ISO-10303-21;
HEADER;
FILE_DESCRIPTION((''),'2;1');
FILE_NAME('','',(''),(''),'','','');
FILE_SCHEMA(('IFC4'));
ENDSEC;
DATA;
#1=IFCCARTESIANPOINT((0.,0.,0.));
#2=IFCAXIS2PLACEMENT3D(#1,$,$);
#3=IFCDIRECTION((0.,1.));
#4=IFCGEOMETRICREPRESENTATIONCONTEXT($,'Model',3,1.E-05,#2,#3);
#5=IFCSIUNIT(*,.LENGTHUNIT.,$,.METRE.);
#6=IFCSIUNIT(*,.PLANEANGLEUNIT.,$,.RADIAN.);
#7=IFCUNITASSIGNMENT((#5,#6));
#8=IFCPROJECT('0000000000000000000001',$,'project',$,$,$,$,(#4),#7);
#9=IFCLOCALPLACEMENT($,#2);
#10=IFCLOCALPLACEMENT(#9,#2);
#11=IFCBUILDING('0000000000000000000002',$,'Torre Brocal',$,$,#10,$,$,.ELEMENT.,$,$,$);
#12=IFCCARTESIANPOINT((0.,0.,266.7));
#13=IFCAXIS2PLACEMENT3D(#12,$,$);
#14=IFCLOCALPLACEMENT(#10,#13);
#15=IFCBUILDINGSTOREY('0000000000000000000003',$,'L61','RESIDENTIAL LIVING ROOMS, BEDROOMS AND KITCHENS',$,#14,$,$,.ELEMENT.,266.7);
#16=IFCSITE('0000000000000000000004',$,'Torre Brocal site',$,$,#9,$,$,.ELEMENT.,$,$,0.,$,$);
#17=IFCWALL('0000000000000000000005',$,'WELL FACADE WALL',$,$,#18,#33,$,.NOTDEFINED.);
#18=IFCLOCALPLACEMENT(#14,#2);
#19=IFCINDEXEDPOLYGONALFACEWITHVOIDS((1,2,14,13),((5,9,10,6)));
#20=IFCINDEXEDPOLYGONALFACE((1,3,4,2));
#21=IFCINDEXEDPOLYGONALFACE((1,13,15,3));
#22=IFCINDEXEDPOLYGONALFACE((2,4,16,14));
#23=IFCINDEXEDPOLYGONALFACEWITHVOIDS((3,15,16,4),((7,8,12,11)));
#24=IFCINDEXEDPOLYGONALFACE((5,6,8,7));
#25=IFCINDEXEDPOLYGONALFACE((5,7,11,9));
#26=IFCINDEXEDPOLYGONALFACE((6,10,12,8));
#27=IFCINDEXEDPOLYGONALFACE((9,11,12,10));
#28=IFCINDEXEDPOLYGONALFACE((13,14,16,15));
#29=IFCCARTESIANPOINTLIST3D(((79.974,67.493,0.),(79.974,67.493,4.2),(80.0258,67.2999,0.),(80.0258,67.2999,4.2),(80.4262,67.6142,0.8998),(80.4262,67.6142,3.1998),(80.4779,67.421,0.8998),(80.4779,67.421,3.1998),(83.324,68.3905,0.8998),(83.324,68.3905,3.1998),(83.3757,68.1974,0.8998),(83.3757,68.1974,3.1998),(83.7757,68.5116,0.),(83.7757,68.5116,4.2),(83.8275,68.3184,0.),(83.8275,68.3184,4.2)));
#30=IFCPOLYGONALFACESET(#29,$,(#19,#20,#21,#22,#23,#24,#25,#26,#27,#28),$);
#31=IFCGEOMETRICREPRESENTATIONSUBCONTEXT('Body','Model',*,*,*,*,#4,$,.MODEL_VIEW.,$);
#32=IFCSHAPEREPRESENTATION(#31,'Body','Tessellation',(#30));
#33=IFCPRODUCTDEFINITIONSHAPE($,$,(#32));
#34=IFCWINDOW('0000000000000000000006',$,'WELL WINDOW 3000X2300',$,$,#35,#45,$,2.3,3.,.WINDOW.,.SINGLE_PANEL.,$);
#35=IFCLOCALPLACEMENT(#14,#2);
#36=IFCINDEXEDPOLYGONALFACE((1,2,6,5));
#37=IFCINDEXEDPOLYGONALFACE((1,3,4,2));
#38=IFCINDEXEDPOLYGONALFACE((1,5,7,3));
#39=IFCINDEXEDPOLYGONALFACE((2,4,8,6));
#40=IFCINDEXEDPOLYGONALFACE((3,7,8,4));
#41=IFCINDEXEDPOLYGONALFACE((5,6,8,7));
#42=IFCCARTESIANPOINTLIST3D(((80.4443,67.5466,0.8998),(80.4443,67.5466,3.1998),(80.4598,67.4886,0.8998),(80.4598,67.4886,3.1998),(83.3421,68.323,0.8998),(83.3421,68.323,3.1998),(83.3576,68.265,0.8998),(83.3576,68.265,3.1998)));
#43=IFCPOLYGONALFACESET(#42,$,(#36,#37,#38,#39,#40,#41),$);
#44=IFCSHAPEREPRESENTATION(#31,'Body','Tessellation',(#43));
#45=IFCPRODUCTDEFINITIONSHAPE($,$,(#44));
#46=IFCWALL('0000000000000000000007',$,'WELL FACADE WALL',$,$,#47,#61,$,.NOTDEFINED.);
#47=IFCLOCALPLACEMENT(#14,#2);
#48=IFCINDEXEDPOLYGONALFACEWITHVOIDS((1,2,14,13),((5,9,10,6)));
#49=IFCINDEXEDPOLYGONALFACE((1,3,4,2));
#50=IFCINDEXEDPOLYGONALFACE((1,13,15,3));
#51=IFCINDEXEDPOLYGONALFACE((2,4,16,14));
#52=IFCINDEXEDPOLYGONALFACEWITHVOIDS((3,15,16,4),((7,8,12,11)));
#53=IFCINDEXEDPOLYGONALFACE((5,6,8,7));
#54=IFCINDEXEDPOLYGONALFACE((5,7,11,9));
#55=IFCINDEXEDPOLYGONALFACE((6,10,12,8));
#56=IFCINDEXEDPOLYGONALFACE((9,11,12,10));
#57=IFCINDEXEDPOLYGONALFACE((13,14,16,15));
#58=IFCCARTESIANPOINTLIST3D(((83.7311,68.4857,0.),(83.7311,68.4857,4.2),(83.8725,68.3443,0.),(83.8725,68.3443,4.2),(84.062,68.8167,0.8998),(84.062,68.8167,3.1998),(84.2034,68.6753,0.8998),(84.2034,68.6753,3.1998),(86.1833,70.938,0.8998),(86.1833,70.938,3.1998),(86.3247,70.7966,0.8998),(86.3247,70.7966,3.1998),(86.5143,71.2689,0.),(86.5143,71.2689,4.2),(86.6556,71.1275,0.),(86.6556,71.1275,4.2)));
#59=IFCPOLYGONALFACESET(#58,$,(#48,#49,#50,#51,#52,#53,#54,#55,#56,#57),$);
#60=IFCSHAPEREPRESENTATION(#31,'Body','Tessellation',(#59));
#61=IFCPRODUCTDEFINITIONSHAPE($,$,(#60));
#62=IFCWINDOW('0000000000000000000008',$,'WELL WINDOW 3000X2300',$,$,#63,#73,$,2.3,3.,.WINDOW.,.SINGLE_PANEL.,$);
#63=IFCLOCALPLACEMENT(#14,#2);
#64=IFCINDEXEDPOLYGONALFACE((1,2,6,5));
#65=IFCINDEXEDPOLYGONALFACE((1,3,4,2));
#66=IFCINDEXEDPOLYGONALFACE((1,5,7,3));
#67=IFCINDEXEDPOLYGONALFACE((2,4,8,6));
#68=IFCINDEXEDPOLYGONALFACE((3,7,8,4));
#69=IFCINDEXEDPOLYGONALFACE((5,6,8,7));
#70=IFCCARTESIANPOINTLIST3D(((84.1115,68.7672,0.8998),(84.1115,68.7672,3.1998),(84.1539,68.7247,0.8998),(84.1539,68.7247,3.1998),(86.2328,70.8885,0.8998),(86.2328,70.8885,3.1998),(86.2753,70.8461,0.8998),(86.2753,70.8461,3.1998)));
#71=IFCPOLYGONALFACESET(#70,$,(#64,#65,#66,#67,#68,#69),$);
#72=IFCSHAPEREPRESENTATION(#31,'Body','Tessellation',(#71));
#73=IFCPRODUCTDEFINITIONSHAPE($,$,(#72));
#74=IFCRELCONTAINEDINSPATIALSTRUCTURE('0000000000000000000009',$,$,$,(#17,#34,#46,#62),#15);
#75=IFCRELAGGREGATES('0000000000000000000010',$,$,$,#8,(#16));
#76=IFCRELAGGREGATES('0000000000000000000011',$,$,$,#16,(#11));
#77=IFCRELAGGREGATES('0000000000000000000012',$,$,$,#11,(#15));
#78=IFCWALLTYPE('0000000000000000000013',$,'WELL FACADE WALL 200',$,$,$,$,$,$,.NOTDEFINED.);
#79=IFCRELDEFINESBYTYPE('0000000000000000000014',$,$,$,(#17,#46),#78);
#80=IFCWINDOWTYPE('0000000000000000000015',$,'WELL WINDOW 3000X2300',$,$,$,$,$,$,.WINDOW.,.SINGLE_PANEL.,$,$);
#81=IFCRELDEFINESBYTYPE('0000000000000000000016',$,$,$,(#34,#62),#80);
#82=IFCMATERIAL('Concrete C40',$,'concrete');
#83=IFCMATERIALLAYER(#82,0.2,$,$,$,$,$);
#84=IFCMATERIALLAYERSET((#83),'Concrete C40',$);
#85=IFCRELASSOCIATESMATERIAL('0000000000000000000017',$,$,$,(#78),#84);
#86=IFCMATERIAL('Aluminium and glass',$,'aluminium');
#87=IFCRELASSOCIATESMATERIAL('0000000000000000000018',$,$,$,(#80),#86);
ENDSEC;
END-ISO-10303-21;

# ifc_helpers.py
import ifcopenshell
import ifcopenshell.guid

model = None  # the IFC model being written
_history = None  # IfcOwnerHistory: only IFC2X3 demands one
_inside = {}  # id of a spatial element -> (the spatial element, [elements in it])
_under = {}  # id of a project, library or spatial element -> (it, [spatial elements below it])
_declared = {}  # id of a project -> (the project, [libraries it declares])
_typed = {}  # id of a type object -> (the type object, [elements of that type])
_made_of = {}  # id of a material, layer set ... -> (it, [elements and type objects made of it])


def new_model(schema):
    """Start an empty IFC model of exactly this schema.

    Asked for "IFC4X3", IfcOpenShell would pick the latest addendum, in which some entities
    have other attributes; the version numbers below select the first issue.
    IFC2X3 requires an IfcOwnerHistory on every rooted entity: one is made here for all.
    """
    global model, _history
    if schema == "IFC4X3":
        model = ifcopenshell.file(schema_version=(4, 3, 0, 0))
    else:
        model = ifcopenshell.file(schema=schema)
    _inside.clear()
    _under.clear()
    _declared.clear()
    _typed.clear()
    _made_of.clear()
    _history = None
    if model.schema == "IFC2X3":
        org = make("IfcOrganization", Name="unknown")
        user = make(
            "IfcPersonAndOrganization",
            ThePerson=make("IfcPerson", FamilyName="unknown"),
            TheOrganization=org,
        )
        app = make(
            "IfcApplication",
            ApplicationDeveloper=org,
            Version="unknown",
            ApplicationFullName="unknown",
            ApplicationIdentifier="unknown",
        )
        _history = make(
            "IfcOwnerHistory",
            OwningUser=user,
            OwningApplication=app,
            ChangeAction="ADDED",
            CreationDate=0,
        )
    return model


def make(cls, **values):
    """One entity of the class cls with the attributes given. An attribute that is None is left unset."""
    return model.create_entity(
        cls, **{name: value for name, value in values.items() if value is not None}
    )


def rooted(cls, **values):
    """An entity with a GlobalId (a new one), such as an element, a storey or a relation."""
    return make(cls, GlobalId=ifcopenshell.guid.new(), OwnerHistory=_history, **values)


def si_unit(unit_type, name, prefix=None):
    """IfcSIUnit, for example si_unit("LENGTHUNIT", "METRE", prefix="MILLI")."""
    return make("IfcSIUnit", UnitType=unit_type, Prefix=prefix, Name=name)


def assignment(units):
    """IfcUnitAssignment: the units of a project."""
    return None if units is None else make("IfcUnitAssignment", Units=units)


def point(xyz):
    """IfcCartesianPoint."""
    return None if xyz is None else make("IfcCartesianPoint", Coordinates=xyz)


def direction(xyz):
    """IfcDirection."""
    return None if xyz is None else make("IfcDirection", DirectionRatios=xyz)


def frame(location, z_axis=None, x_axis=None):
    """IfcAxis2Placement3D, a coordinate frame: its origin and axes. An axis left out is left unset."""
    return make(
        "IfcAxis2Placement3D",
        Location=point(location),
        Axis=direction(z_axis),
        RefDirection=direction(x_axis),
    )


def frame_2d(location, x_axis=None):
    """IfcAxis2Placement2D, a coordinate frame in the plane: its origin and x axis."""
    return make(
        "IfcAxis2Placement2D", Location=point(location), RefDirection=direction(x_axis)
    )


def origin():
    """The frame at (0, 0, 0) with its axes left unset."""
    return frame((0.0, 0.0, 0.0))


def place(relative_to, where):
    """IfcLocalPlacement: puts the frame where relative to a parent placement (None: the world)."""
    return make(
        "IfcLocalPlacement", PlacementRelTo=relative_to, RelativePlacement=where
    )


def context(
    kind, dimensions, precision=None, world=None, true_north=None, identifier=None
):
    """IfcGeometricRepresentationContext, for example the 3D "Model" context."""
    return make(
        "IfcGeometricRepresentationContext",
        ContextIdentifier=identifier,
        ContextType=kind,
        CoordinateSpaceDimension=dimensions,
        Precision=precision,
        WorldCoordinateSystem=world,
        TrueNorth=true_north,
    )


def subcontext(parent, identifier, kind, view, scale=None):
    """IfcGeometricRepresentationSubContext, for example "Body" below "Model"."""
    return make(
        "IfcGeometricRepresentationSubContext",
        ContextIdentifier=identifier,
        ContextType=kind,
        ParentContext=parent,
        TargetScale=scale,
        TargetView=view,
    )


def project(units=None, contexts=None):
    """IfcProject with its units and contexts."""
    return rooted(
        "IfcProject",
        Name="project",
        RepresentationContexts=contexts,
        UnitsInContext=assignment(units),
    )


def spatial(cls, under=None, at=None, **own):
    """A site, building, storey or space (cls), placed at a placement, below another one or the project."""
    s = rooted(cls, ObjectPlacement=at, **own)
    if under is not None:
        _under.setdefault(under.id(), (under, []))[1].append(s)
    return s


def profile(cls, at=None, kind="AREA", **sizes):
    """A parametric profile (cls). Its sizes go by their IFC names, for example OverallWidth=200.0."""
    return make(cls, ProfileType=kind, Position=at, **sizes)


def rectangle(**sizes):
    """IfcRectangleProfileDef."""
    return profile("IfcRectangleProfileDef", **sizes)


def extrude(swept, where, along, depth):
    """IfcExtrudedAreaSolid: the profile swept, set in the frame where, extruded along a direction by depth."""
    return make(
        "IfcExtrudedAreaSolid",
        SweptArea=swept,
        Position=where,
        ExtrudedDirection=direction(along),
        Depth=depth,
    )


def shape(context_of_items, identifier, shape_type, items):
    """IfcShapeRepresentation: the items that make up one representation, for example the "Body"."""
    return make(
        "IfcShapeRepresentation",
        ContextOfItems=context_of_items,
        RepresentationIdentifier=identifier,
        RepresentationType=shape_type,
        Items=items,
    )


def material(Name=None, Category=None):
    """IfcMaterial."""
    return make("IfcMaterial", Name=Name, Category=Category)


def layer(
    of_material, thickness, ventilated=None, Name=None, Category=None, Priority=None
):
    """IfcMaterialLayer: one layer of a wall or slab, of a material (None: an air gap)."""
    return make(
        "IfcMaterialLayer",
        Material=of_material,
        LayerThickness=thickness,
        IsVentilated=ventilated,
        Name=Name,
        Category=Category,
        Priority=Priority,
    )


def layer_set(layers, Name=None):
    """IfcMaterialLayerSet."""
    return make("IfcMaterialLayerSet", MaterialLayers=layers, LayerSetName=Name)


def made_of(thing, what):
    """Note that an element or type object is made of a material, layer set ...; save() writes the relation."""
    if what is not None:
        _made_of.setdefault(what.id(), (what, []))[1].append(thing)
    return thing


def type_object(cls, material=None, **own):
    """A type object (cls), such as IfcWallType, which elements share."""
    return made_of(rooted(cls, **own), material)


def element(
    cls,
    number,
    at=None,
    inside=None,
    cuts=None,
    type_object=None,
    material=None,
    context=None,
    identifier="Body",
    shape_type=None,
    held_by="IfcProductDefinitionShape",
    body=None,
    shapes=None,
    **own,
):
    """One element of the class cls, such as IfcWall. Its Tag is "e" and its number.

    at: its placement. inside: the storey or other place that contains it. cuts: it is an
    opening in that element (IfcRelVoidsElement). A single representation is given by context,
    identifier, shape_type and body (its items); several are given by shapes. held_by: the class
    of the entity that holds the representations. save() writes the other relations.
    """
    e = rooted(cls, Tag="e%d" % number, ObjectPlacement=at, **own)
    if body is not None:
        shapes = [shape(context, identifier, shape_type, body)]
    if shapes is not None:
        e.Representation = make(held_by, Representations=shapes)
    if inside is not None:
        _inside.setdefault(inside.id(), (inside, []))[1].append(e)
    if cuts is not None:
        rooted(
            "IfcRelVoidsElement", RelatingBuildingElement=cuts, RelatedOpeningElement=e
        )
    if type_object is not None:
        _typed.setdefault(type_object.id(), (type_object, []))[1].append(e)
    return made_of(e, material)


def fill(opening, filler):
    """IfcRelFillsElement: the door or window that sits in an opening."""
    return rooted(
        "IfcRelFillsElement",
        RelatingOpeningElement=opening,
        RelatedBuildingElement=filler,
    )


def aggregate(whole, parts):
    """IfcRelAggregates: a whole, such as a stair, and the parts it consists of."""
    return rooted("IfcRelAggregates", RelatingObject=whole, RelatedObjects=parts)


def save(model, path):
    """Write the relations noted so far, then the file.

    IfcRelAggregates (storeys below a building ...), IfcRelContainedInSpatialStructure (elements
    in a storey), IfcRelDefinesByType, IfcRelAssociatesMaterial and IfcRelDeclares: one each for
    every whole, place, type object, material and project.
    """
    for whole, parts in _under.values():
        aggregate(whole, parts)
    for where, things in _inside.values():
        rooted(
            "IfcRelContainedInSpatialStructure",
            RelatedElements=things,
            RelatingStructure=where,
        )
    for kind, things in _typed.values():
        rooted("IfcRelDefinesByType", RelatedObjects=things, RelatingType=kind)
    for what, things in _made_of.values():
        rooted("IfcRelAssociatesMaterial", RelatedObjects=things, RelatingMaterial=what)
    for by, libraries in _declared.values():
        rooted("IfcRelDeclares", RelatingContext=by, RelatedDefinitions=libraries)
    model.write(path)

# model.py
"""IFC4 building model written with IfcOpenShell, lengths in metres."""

from ifc_helpers import new_model, si_unit, direction, frame, frame_2d, origin, place, context, subcontext, project, spatial, rectangle, extrude, material, layer, layer_set, type_object, element, fill, save


model = new_model("IFC4")

# Units and contexts
model_context = context("Model", 3, precision=1e-05, world=origin(), true_north=direction((0.0, 1.0)))
body_context = subcontext(model_context, "Body", "Model", "MODEL_VIEW")
ifc_project = project(units=[si_unit("LENGTHUNIT", "METRE"), si_unit("PLANEANGLEUNIT", "RADIAN")], contexts=[model_context])

# Site, building, storey
site_placement = place(None, origin())
site = spatial("IfcSite", under=ifc_project, at=site_placement, Name="Torre Brocal site", CompositionType="ELEMENT", RefElevation=0.0)
building_placement = place(site_placement, origin())
building = spatial("IfcBuilding", under=site, at=building_placement, Name="Torre Brocal", CompositionType="ELEMENT")
storey_placement = place(building_placement, frame((0.0, 0.0, 266.7)))
storey = spatial("IfcBuildingStorey", under=building, at=storey_placement, Name="L61", Description="RESIDENTIAL LIVING ROOMS, BEDROOMS AND KITCHENS", CompositionType="ELEMENT", Elevation=266.7)

# Walls, openings, windows
ifc_material_1 = material(Name="Concrete C40", Category="concrete")
ifc_layer_1 = layer(ifc_material_1, 0.2)
ifc_layer_set_1 = layer_set([ifc_layer_1], Name="Concrete C40")
wall_type_1 = type_object("IfcWallType", Name="WELL FACADE WALL 200", PredefinedType="NOTDEFINED", material=ifc_layer_set_1)
wall_1_placement = place(storey_placement, frame((80.0, 67.3965, 0.0), z_axis=(0.0, 0.0, 1.0), x_axis=(0.965934, 0.25879, 0.0)))
wall_1 = element("IfcWall", 1, at=wall_1_placement, inside=storey, type_object=wall_type_1, Name="WELL FACADE WALL", PredefinedType="NOTDEFINED", context=body_context, shape_type="SweptSolid", body=[
    extrude(rectangle(XDim=3.9358, YDim=0.2, at=frame_2d((1.9678, 0.0))), origin(), (0.0, 0.0, 1.0), 4.2),
])
opening_1_placement = place(wall_1_placement, frame((0.468, 0.0, 0.8999)))
opening_1 = element("IfcOpeningElement", 2, at=opening_1_placement, cuts=wall_1, PredefinedType="OPENING", context=body_context, shape_type="SweptSolid", body=[
    extrude(rectangle(XDim=3.0, YDim=2.3, at=frame_2d((1.5, 1.1499))), frame((0.0, 0.1099, 0.0), z_axis=(0.0, -1.0, 0.0), x_axis=(1.0, 0.0, 0.0)), (0.0, 0.0, 1.0), 0.22),
])
ifc_material_2 = material(Name="Aluminium and glass", Category="aluminium")
window_type = type_object("IfcWindowType", Name="WELL WINDOW 3000X2300", PartitioningType="SINGLE_PANEL", PredefinedType="WINDOW", material=ifc_material_2)
window_1_placement = place(opening_1_placement, origin())
window_1 = element("IfcWindow", 3, at=window_1_placement, inside=storey, type_object=window_type, Name="WELL WINDOW 3000X2300", OverallHeight=2.3, OverallWidth=3.0, PartitioningType="SINGLE_PANEL", PredefinedType="WINDOW", context=body_context, shape_type="SweptSolid", body=[
    extrude(rectangle(XDim=3.0, YDim=2.3, at=frame_2d((1.5, 1.1499))), frame((0.0, 0.03, 0.0), z_axis=(0.0, -1.0, 0.0), x_axis=(1.0, 0.0, 0.0)), (0.0, 0.0, 1.0), 0.0601),
])
fill(opening_1, window_1)
wall_2_placement = place(storey_placement, frame((83.8018, 68.415, 0.0), z_axis=(0.0, 0.0, 1.0), x_axis=(0.707107, 0.707107, 0.0)))
wall_2 = element("IfcWall", 4, at=wall_2_placement, inside=storey, type_object=wall_type_1, Name="WELL FACADE WALL", PredefinedType="NOTDEFINED", context=body_context, shape_type="SweptSolid", body=[
    extrude(rectangle(XDim=3.936, YDim=0.2, at=frame_2d((1.968, 0.0))), origin(), (0.0, 0.0, 1.0), 4.2),
])
opening_2_placement = place(wall_2_placement, frame((0.468, 0.0, 0.8999)))
opening_2 = element("IfcOpeningElement", 5, at=opening_2_placement, cuts=wall_2, PredefinedType="OPENING", context=body_context, shape_type="SweptSolid", body=[
    extrude(rectangle(XDim=3.0, YDim=2.3, at=frame_2d((1.5, 1.1499))), frame((0.0, 0.1099, 0.0), z_axis=(0.0, -1.0, 0.0), x_axis=(1.0, 0.0, 0.0)), (0.0, 0.0, 1.0), 0.22),
])
window_2_placement = place(opening_2_placement, origin())
window_2 = element("IfcWindow", 6, at=window_2_placement, inside=storey, type_object=window_type, Name="WELL WINDOW 3000X2300", OverallHeight=2.3, OverallWidth=3.0, PartitioningType="SINGLE_PANEL", PredefinedType="WINDOW", context=body_context, shape_type="SweptSolid", body=[
    extrude(rectangle(XDim=3.0, YDim=2.3, at=frame_2d((1.5, 1.1499))), frame((0.0, 0.03, 0.0), z_axis=(0.0, -1.0, 0.0), x_axis=(1.0, 0.0, 0.0)), (0.0, 0.0, 1.0), 0.0601),
])
fill(opening_2, window_2)

save(model, "model.ifc")
